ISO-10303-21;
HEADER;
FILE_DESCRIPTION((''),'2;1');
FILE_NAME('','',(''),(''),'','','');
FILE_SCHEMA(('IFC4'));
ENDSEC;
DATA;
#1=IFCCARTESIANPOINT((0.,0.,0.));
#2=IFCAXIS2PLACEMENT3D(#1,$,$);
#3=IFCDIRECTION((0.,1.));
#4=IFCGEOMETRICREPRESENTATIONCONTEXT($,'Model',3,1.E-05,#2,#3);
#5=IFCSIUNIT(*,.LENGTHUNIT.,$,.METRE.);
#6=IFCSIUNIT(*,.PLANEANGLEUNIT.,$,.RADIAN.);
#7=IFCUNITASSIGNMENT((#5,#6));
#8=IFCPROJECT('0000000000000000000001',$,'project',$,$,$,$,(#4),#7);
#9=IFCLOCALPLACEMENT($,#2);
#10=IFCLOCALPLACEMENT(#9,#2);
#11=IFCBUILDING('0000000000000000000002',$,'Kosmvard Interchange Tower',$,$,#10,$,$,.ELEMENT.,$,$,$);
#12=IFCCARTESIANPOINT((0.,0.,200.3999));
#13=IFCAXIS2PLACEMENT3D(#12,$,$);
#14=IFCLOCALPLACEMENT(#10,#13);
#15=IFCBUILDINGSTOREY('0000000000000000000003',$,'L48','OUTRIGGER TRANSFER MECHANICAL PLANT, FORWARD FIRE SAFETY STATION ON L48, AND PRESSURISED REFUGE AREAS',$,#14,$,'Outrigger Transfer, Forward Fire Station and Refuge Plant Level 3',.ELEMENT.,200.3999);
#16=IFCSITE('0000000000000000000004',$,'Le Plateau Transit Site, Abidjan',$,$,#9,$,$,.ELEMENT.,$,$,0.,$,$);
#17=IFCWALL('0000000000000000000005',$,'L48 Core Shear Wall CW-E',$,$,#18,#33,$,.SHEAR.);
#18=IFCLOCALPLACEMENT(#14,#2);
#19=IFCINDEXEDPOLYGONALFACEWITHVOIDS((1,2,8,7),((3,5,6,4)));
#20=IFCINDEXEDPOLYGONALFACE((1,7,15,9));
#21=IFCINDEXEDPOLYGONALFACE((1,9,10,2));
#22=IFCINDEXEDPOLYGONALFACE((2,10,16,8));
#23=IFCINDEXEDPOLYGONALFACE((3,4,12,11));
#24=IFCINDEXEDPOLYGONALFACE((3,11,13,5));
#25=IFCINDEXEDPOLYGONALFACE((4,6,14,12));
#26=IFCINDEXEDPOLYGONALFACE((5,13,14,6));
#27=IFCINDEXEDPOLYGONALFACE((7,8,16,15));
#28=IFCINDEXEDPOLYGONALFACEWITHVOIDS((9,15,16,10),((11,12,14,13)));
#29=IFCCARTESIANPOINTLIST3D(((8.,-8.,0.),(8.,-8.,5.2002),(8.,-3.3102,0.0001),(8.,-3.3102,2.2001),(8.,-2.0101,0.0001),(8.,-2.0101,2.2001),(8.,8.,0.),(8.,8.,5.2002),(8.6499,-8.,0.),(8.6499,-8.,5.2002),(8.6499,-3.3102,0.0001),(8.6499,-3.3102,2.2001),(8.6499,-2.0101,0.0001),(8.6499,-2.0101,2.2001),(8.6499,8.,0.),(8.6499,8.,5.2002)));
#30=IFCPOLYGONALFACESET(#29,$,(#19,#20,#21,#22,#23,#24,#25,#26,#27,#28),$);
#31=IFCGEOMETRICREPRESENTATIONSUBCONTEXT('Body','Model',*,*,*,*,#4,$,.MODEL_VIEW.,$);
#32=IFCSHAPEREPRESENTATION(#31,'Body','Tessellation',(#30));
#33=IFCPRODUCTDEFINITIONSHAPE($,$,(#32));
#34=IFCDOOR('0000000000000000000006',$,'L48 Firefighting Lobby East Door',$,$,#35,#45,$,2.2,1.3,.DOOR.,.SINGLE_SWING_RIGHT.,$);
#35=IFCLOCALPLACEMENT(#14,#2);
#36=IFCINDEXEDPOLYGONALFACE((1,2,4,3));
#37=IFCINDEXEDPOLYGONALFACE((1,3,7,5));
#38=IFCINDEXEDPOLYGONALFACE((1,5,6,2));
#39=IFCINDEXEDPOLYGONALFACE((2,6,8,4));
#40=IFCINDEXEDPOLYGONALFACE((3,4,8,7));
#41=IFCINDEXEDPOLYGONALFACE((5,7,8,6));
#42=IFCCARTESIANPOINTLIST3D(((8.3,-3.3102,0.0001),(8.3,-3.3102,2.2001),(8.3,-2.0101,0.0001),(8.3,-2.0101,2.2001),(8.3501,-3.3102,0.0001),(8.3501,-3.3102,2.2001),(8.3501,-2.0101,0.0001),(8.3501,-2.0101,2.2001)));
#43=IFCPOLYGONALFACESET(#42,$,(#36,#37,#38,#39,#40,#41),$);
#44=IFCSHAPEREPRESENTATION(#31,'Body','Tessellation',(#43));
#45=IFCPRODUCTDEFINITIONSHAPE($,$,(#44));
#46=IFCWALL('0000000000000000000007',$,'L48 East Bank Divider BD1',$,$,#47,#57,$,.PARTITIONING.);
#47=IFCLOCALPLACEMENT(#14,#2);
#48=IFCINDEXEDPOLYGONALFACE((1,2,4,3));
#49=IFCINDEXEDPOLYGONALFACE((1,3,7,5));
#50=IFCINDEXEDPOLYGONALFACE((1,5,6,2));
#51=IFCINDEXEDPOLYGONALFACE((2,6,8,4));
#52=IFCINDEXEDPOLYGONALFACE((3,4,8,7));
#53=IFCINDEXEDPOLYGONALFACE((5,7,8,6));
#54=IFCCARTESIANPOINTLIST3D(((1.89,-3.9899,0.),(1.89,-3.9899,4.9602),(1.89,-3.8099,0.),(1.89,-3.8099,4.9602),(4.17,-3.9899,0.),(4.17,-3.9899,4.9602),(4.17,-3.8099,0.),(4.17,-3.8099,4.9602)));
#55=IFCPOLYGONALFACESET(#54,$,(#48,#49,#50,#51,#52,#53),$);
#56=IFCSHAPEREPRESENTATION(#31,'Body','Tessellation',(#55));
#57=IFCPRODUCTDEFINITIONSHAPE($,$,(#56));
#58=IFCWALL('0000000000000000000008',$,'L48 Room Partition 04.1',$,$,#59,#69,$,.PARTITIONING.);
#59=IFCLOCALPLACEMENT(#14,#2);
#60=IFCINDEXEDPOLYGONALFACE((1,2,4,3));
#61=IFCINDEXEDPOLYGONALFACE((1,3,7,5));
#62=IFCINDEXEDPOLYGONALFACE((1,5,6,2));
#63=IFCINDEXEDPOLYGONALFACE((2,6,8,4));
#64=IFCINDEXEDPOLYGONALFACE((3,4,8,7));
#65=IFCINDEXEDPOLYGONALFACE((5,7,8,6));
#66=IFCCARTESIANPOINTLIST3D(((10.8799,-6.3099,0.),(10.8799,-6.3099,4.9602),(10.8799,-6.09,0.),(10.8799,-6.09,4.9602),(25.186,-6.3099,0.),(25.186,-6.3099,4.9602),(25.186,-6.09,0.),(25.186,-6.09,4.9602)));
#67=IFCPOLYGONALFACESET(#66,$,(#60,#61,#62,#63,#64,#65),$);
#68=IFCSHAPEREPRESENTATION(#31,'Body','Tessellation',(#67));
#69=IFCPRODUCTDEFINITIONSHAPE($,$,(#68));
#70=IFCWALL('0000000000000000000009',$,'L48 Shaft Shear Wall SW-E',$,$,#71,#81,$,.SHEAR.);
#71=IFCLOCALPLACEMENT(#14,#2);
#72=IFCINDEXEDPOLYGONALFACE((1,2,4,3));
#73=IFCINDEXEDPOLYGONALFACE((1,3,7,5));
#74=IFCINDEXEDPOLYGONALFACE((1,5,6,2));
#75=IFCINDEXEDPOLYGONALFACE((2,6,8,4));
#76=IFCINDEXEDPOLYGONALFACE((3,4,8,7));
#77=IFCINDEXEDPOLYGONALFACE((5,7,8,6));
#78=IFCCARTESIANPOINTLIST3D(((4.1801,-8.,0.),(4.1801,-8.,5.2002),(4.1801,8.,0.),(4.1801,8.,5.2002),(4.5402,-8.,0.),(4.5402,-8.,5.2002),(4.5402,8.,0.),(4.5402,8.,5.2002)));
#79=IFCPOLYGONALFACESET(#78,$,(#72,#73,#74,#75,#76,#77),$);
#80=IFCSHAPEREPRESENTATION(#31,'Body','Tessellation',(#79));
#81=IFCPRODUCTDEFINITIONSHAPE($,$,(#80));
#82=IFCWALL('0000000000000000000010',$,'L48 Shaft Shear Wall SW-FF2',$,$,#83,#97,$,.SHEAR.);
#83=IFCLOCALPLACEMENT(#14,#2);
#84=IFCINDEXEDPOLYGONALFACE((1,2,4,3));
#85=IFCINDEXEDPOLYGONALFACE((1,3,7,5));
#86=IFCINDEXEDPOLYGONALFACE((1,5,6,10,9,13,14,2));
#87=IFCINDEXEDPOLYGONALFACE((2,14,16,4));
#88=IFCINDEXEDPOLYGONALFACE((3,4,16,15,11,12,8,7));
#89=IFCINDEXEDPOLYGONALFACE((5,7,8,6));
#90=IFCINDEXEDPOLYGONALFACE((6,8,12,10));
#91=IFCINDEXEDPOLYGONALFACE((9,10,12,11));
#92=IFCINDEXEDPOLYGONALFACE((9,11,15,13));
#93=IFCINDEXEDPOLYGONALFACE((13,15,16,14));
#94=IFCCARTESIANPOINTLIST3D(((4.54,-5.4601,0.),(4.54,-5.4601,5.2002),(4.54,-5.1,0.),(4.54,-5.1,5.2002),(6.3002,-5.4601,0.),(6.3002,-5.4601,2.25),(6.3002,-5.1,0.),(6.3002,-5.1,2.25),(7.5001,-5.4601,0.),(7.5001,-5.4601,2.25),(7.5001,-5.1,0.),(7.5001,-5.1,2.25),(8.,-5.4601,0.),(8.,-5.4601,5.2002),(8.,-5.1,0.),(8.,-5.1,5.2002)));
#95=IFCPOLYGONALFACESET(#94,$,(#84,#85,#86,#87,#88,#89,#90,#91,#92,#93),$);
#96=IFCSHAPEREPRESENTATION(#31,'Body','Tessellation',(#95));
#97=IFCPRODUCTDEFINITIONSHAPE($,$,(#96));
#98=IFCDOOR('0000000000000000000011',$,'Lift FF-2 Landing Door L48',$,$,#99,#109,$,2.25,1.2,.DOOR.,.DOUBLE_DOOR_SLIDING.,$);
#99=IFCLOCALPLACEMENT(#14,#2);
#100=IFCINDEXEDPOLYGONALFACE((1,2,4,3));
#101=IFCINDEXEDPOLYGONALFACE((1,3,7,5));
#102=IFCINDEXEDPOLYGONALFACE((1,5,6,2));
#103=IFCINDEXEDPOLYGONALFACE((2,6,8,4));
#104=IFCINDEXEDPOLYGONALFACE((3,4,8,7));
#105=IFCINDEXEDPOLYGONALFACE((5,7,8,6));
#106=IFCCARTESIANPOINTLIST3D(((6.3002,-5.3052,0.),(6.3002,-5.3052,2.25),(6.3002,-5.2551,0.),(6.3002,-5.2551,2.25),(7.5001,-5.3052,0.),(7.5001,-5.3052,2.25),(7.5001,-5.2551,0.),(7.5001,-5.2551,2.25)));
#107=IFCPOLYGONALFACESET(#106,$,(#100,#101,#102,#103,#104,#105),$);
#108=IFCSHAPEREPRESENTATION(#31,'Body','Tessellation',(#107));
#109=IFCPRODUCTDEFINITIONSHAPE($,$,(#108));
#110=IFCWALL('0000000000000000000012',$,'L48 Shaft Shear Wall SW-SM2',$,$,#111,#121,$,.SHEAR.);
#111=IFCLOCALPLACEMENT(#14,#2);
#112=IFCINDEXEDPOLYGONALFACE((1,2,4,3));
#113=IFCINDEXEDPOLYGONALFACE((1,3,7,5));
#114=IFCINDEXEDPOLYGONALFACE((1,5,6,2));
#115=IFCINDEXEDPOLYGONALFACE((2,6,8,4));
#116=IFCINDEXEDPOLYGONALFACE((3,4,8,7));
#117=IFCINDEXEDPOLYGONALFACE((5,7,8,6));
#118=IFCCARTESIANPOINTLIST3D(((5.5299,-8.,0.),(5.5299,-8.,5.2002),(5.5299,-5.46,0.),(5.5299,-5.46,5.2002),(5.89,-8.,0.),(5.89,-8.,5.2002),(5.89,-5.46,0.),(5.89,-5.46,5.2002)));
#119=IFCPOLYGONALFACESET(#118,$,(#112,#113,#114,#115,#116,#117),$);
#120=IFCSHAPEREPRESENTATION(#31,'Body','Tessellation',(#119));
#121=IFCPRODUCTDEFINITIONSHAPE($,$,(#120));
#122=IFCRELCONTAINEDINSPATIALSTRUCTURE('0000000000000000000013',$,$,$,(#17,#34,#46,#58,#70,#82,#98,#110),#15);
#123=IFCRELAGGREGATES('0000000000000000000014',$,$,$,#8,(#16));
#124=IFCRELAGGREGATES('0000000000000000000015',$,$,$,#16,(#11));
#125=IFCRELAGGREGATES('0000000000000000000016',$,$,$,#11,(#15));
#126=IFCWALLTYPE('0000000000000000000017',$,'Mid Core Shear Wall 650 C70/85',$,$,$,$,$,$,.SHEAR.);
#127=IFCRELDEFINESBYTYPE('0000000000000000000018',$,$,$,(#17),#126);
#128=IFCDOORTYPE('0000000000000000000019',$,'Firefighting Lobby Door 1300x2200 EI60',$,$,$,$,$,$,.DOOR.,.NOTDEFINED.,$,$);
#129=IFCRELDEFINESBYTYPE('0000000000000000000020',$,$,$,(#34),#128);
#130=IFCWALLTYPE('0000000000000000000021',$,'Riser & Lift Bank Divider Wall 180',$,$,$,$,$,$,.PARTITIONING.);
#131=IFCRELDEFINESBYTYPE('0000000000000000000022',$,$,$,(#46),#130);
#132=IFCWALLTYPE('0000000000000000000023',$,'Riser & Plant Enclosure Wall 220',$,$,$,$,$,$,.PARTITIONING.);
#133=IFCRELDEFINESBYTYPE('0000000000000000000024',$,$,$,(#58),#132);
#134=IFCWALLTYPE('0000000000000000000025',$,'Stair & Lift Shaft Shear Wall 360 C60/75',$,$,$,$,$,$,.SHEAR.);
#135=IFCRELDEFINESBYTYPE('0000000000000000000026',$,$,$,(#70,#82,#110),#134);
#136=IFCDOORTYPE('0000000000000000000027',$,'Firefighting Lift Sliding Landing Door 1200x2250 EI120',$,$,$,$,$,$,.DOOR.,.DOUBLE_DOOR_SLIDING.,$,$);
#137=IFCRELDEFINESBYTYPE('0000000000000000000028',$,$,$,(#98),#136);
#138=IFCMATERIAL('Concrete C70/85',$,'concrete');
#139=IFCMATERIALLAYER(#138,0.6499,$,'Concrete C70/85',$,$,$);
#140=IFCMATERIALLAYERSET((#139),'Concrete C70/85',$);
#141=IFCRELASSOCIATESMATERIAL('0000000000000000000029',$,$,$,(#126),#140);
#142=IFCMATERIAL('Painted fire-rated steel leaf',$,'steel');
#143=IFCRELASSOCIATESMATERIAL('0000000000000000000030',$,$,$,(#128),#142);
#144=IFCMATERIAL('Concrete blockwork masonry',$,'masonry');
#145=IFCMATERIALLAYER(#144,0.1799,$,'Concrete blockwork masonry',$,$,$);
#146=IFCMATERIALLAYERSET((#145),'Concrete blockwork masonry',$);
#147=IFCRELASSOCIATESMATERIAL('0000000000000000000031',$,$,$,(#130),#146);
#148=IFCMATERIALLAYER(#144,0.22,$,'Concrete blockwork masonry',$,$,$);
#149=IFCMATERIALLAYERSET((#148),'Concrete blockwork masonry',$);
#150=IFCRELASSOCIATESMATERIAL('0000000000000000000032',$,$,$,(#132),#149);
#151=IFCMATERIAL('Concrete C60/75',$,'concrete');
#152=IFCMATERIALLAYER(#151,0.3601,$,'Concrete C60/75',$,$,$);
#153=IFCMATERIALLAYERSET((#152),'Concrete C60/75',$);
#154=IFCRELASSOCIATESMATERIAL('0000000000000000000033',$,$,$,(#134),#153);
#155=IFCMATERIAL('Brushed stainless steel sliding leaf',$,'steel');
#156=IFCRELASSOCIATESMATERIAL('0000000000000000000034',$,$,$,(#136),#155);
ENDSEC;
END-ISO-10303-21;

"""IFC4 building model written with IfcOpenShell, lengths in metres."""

from ifc_helpers import new_model, si_unit, direction, frame, frame_2d, origin, place, context, subcontext, project, spatial, rectangle, extrude, source, transform, mapped, material, layer, layer_set, type_object, element, fill, save


model = new_model("IFC4")

# Units and contexts
model_context = context("Model", 3, precision=1e-05, world=origin(), true_north=direction((0.0, 1.0)))
body_context = subcontext(model_context, "Body", "Model", "MODEL_VIEW")
ifc_project = project(units=[si_unit("LENGTHUNIT", "METRE"), si_unit("PLANEANGLEUNIT", "RADIAN")], contexts=[model_context])

# Site, building, storey
site_placement = place(None, origin())
site = spatial("IfcSite", under=ifc_project, at=site_placement, Name="Le Plateau Transit Site, Abidjan", CompositionType="ELEMENT", RefElevation=0.0)
building_placement = place(site_placement, origin())
building = spatial("IfcBuilding", under=site, at=building_placement, Name="Kosmvard Interchange Tower", CompositionType="ELEMENT")
storey_placement = place(building_placement, frame((0.0, 0.0, 200.3999)))
storey = spatial("IfcBuildingStorey", under=building, at=storey_placement, Name="L48", Description="OUTRIGGER TRANSFER MECHANICAL PLANT, FORWARD FIRE SAFETY STATION ON L48, AND PRESSURISED REFUGE AREAS", LongName="Outrigger Transfer, Forward Fire Station and Refuge Plant Level 3", CompositionType="ELEMENT", Elevation=200.3999)

# Shared definitions
ifc_material_1 = material(Name="Concrete C60/75", Category="concrete")

# Shared definitions
ifc_material_2 = material(Name="Painted fire-rated steel leaf", Category="steel")
ifc_material_3 = material(Name="Brushed stainless steel sliding leaf", Category="steel")
ifc_material_4 = material(Name="Concrete blockwork masonry", Category="masonry")

# Wall, opening, door
ifc_material_5 = material(Name="Concrete C70/85", Category="concrete")
ifc_layer_1 = layer(ifc_material_5, 0.6499, Name="Concrete C70/85")
ifc_layer_set_1 = layer_set([ifc_layer_1], Name="Concrete C70/85")
wall_type_1 = type_object("IfcWallType", Name="Mid Core Shear Wall 650 C70/85", PredefinedType="SHEAR", material=ifc_layer_set_1)
wall_1_placement = place(storey_placement, frame((8.325, -8.0, 0.0), z_axis=(0.0, 0.0, 1.0), x_axis=(0.0, 1.0, 0.0)))
wall_1 = element("IfcWall", 1, at=wall_1_placement, inside=storey, type_object=wall_type_1, Name="L48 Core Shear Wall CW-E", PredefinedType="SHEAR", context=body_context, shape_type="SweptSolid", body=[
    extrude(rectangle(XDim=16.0, YDim=0.6499, at=frame_2d((8.0, 0.0))), origin(), (0.0, 0.0, 1.0), 5.2002),
])
opening_1_placement = place(wall_1_placement, frame((4.6899, 0.0, 0.0)))
opening_1 = element("IfcOpeningElement", 2, at=opening_1_placement, cuts=wall_1, PredefinedType="OPENING", context=body_context, shape_type="SweptSolid", body=[
    extrude(rectangle(XDim=1.3, YDim=2.2, at=frame_2d((0.6499, 1.1001))), frame((0.0, 0.335, 0.0), z_axis=(0.0, -1.0, 0.0), x_axis=(1.0, 0.0, 0.0)), (0.0, 0.0, 1.0), 0.6699),
])
door_type_1 = type_object("IfcDoorType", Name="Firefighting Lobby Door 1300x2200 EI60", OperationType="NOTDEFINED", PredefinedType="DOOR", material=ifc_material_2)
shared_shape_1 = source(origin(), body_context, "Body", "SweptSolid", [
    extrude(rectangle(XDim=1.3, YDim=2.2, at=frame_2d((0.6499, 1.1001))), frame((0.0, 0.0249, 0.0), z_axis=(0.0, -1.0, 0.0), x_axis=(1.0, 0.0, 0.0)), (0.0, 0.0, 1.0), 0.05),
])
door_1_placement = place(opening_1_placement, origin())
door_1 = element("IfcDoor", 3, at=door_1_placement, inside=storey, type_object=door_type_1, Name="L48 Firefighting Lobby East Door", OperationType="SINGLE_SWING_RIGHT", OverallHeight=2.2, OverallWidth=1.3, PredefinedType="DOOR", context=body_context, shape_type="MappedRepresentation", body=[
    mapped(shared_shape_1, transform((0.0, 0.0, 0.0), scale=1.0)),
])
fill(opening_1, door_1)

# Walls
ifc_layer_2 = layer(ifc_material_4, 0.1799, Name="Concrete blockwork masonry")
ifc_layer_set_2 = layer_set([ifc_layer_2], Name="Concrete blockwork masonry")
wall_type_2 = type_object("IfcWallType", Name="Riser & Lift Bank Divider Wall 180", PredefinedType="PARTITIONING", material=ifc_layer_set_2)
wall_2_placement = place(storey_placement, frame((1.8899, -3.8999, 0.0), z_axis=(0.0, 0.0, 1.0), x_axis=(1.0, 0.0, 0.0)))
element("IfcWall", 4, at=wall_2_placement, inside=storey, type_object=wall_type_2, Name="L48 East Bank Divider BD1", PredefinedType="PARTITIONING", context=body_context, shape_type="SweptSolid", body=[
    extrude(rectangle(XDim=2.28, YDim=0.1799, at=frame_2d((1.1401, 0.0))), origin(), (0.0, 0.0, 1.0), 4.9602),
])
ifc_layer_3 = layer(ifc_material_4, 0.22, Name="Concrete blockwork masonry")
ifc_layer_set_3 = layer_set([ifc_layer_3], Name="Concrete blockwork masonry")
wall_type_3 = type_object("IfcWallType", Name="Riser & Plant Enclosure Wall 220", PredefinedType="PARTITIONING", material=ifc_layer_set_3)
wall_3_placement = place(storey_placement, frame((10.8799, -6.2, 0.0), z_axis=(0.0, 0.0, 1.0), x_axis=(1.0, 0.0, 0.0)))
element("IfcWall", 5, at=wall_3_placement, inside=storey, type_object=wall_type_3, Name="L48 Room Partition 04.1", PredefinedType="PARTITIONING", context=body_context, shape_type="SweptSolid", body=[
    extrude(rectangle(XDim=14.3062, YDim=0.22, at=frame_2d((7.1531, 0.0))), origin(), (0.0, 0.0, 1.0), 4.9602),
])
ifc_layer_4 = layer(ifc_material_1, 0.3601, Name="Concrete C60/75")
ifc_layer_set_4 = layer_set([ifc_layer_4], Name="Concrete C60/75")
wall_type_4 = type_object("IfcWallType", Name="Stair & Lift Shaft Shear Wall 360 C60/75", PredefinedType="SHEAR", material=ifc_layer_set_4)
wall_4_placement = place(storey_placement, frame((4.3601, -8.0, 0.0), z_axis=(0.0, 0.0, 1.0), x_axis=(0.0, 1.0, 0.0)))
element("IfcWall", 6, at=wall_4_placement, inside=storey, type_object=wall_type_4, Name="L48 Shaft Shear Wall SW-E", PredefinedType="SHEAR", context=body_context, shape_type="SweptSolid", body=[
    extrude(rectangle(XDim=16.0, YDim=0.3601, at=frame_2d((8.0, 0.0))), origin(), (0.0, 0.0, 1.0), 5.2002),
])

# Wall, opening, door
wall_5_placement = place(storey_placement, frame((4.54, -5.28, 0.0), z_axis=(0.0, 0.0, 1.0), x_axis=(1.0, 0.0, 0.0)))
wall_5 = element("IfcWall", 7, at=wall_5_placement, inside=storey, type_object=wall_type_4, Name="L48 Shaft Shear Wall SW-FF2", PredefinedType="SHEAR", context=body_context, shape_type="SweptSolid", body=[
    extrude(rectangle(XDim=3.46, YDim=0.3601, at=frame_2d((1.73, 0.0))), origin(), (0.0, 0.0, 1.0), 5.2002),
])
opening_2_placement = place(wall_5_placement, frame((1.76, 0.0, 0.0)))
opening_2 = element("IfcOpeningElement", 8, at=opening_2_placement, cuts=wall_5, PredefinedType="OPENING", context=body_context, shape_type="SweptSolid", body=[
    extrude(rectangle(XDim=1.2, YDim=2.25, at=frame_2d((0.6001, 1.125))), frame((0.0, 0.1899, 0.0), z_axis=(0.0, -1.0, 0.0), x_axis=(1.0, 0.0, 0.0)), (0.0, 0.0, 1.0), 0.3801),
])
door_type_2 = type_object("IfcDoorType", Name="Firefighting Lift Sliding Landing Door 1200x2250 EI120", OperationType="DOUBLE_DOOR_SLIDING", PredefinedType="DOOR", material=ifc_material_3)
shared_shape_2 = source(origin(), body_context, "Body", "SweptSolid", [
    extrude(rectangle(XDim=1.2, YDim=2.25, at=frame_2d((0.6001, 1.125))), frame((0.0, 0.0249, 0.0), z_axis=(0.0, -1.0, 0.0), x_axis=(1.0, 0.0, 0.0)), (0.0, 0.0, 1.0), 0.05),
])
door_2_placement = place(opening_2_placement, origin())
door_2 = element("IfcDoor", 9, at=door_2_placement, inside=storey, type_object=door_type_2, Name="Lift FF-2 Landing Door L48", OperationType="DOUBLE_DOOR_SLIDING", OverallHeight=2.25, OverallWidth=1.2, PredefinedType="DOOR", context=body_context, shape_type="MappedRepresentation", body=[
    mapped(shared_shape_2, transform((0.0, 0.0, 0.0), scale=1.0)),
])
fill(opening_2, door_2)

# Wall
wall_6_placement = place(storey_placement, frame((5.71, -8.0, 0.0), z_axis=(0.0, 0.0, 1.0), x_axis=(0.0, 1.0, 0.0)))
element("IfcWall", 10, at=wall_6_placement, inside=storey, type_object=wall_type_4, Name="L48 Shaft Shear Wall SW-SM2", PredefinedType="SHEAR", context=body_context, shape_type="SweptSolid", body=[
    extrude(rectangle(XDim=2.54, YDim=0.3601, at=frame_2d((1.27, 0.0))), origin(), (0.0, 0.0, 1.0), 5.2002),
])

save(model, "model.ifc")
